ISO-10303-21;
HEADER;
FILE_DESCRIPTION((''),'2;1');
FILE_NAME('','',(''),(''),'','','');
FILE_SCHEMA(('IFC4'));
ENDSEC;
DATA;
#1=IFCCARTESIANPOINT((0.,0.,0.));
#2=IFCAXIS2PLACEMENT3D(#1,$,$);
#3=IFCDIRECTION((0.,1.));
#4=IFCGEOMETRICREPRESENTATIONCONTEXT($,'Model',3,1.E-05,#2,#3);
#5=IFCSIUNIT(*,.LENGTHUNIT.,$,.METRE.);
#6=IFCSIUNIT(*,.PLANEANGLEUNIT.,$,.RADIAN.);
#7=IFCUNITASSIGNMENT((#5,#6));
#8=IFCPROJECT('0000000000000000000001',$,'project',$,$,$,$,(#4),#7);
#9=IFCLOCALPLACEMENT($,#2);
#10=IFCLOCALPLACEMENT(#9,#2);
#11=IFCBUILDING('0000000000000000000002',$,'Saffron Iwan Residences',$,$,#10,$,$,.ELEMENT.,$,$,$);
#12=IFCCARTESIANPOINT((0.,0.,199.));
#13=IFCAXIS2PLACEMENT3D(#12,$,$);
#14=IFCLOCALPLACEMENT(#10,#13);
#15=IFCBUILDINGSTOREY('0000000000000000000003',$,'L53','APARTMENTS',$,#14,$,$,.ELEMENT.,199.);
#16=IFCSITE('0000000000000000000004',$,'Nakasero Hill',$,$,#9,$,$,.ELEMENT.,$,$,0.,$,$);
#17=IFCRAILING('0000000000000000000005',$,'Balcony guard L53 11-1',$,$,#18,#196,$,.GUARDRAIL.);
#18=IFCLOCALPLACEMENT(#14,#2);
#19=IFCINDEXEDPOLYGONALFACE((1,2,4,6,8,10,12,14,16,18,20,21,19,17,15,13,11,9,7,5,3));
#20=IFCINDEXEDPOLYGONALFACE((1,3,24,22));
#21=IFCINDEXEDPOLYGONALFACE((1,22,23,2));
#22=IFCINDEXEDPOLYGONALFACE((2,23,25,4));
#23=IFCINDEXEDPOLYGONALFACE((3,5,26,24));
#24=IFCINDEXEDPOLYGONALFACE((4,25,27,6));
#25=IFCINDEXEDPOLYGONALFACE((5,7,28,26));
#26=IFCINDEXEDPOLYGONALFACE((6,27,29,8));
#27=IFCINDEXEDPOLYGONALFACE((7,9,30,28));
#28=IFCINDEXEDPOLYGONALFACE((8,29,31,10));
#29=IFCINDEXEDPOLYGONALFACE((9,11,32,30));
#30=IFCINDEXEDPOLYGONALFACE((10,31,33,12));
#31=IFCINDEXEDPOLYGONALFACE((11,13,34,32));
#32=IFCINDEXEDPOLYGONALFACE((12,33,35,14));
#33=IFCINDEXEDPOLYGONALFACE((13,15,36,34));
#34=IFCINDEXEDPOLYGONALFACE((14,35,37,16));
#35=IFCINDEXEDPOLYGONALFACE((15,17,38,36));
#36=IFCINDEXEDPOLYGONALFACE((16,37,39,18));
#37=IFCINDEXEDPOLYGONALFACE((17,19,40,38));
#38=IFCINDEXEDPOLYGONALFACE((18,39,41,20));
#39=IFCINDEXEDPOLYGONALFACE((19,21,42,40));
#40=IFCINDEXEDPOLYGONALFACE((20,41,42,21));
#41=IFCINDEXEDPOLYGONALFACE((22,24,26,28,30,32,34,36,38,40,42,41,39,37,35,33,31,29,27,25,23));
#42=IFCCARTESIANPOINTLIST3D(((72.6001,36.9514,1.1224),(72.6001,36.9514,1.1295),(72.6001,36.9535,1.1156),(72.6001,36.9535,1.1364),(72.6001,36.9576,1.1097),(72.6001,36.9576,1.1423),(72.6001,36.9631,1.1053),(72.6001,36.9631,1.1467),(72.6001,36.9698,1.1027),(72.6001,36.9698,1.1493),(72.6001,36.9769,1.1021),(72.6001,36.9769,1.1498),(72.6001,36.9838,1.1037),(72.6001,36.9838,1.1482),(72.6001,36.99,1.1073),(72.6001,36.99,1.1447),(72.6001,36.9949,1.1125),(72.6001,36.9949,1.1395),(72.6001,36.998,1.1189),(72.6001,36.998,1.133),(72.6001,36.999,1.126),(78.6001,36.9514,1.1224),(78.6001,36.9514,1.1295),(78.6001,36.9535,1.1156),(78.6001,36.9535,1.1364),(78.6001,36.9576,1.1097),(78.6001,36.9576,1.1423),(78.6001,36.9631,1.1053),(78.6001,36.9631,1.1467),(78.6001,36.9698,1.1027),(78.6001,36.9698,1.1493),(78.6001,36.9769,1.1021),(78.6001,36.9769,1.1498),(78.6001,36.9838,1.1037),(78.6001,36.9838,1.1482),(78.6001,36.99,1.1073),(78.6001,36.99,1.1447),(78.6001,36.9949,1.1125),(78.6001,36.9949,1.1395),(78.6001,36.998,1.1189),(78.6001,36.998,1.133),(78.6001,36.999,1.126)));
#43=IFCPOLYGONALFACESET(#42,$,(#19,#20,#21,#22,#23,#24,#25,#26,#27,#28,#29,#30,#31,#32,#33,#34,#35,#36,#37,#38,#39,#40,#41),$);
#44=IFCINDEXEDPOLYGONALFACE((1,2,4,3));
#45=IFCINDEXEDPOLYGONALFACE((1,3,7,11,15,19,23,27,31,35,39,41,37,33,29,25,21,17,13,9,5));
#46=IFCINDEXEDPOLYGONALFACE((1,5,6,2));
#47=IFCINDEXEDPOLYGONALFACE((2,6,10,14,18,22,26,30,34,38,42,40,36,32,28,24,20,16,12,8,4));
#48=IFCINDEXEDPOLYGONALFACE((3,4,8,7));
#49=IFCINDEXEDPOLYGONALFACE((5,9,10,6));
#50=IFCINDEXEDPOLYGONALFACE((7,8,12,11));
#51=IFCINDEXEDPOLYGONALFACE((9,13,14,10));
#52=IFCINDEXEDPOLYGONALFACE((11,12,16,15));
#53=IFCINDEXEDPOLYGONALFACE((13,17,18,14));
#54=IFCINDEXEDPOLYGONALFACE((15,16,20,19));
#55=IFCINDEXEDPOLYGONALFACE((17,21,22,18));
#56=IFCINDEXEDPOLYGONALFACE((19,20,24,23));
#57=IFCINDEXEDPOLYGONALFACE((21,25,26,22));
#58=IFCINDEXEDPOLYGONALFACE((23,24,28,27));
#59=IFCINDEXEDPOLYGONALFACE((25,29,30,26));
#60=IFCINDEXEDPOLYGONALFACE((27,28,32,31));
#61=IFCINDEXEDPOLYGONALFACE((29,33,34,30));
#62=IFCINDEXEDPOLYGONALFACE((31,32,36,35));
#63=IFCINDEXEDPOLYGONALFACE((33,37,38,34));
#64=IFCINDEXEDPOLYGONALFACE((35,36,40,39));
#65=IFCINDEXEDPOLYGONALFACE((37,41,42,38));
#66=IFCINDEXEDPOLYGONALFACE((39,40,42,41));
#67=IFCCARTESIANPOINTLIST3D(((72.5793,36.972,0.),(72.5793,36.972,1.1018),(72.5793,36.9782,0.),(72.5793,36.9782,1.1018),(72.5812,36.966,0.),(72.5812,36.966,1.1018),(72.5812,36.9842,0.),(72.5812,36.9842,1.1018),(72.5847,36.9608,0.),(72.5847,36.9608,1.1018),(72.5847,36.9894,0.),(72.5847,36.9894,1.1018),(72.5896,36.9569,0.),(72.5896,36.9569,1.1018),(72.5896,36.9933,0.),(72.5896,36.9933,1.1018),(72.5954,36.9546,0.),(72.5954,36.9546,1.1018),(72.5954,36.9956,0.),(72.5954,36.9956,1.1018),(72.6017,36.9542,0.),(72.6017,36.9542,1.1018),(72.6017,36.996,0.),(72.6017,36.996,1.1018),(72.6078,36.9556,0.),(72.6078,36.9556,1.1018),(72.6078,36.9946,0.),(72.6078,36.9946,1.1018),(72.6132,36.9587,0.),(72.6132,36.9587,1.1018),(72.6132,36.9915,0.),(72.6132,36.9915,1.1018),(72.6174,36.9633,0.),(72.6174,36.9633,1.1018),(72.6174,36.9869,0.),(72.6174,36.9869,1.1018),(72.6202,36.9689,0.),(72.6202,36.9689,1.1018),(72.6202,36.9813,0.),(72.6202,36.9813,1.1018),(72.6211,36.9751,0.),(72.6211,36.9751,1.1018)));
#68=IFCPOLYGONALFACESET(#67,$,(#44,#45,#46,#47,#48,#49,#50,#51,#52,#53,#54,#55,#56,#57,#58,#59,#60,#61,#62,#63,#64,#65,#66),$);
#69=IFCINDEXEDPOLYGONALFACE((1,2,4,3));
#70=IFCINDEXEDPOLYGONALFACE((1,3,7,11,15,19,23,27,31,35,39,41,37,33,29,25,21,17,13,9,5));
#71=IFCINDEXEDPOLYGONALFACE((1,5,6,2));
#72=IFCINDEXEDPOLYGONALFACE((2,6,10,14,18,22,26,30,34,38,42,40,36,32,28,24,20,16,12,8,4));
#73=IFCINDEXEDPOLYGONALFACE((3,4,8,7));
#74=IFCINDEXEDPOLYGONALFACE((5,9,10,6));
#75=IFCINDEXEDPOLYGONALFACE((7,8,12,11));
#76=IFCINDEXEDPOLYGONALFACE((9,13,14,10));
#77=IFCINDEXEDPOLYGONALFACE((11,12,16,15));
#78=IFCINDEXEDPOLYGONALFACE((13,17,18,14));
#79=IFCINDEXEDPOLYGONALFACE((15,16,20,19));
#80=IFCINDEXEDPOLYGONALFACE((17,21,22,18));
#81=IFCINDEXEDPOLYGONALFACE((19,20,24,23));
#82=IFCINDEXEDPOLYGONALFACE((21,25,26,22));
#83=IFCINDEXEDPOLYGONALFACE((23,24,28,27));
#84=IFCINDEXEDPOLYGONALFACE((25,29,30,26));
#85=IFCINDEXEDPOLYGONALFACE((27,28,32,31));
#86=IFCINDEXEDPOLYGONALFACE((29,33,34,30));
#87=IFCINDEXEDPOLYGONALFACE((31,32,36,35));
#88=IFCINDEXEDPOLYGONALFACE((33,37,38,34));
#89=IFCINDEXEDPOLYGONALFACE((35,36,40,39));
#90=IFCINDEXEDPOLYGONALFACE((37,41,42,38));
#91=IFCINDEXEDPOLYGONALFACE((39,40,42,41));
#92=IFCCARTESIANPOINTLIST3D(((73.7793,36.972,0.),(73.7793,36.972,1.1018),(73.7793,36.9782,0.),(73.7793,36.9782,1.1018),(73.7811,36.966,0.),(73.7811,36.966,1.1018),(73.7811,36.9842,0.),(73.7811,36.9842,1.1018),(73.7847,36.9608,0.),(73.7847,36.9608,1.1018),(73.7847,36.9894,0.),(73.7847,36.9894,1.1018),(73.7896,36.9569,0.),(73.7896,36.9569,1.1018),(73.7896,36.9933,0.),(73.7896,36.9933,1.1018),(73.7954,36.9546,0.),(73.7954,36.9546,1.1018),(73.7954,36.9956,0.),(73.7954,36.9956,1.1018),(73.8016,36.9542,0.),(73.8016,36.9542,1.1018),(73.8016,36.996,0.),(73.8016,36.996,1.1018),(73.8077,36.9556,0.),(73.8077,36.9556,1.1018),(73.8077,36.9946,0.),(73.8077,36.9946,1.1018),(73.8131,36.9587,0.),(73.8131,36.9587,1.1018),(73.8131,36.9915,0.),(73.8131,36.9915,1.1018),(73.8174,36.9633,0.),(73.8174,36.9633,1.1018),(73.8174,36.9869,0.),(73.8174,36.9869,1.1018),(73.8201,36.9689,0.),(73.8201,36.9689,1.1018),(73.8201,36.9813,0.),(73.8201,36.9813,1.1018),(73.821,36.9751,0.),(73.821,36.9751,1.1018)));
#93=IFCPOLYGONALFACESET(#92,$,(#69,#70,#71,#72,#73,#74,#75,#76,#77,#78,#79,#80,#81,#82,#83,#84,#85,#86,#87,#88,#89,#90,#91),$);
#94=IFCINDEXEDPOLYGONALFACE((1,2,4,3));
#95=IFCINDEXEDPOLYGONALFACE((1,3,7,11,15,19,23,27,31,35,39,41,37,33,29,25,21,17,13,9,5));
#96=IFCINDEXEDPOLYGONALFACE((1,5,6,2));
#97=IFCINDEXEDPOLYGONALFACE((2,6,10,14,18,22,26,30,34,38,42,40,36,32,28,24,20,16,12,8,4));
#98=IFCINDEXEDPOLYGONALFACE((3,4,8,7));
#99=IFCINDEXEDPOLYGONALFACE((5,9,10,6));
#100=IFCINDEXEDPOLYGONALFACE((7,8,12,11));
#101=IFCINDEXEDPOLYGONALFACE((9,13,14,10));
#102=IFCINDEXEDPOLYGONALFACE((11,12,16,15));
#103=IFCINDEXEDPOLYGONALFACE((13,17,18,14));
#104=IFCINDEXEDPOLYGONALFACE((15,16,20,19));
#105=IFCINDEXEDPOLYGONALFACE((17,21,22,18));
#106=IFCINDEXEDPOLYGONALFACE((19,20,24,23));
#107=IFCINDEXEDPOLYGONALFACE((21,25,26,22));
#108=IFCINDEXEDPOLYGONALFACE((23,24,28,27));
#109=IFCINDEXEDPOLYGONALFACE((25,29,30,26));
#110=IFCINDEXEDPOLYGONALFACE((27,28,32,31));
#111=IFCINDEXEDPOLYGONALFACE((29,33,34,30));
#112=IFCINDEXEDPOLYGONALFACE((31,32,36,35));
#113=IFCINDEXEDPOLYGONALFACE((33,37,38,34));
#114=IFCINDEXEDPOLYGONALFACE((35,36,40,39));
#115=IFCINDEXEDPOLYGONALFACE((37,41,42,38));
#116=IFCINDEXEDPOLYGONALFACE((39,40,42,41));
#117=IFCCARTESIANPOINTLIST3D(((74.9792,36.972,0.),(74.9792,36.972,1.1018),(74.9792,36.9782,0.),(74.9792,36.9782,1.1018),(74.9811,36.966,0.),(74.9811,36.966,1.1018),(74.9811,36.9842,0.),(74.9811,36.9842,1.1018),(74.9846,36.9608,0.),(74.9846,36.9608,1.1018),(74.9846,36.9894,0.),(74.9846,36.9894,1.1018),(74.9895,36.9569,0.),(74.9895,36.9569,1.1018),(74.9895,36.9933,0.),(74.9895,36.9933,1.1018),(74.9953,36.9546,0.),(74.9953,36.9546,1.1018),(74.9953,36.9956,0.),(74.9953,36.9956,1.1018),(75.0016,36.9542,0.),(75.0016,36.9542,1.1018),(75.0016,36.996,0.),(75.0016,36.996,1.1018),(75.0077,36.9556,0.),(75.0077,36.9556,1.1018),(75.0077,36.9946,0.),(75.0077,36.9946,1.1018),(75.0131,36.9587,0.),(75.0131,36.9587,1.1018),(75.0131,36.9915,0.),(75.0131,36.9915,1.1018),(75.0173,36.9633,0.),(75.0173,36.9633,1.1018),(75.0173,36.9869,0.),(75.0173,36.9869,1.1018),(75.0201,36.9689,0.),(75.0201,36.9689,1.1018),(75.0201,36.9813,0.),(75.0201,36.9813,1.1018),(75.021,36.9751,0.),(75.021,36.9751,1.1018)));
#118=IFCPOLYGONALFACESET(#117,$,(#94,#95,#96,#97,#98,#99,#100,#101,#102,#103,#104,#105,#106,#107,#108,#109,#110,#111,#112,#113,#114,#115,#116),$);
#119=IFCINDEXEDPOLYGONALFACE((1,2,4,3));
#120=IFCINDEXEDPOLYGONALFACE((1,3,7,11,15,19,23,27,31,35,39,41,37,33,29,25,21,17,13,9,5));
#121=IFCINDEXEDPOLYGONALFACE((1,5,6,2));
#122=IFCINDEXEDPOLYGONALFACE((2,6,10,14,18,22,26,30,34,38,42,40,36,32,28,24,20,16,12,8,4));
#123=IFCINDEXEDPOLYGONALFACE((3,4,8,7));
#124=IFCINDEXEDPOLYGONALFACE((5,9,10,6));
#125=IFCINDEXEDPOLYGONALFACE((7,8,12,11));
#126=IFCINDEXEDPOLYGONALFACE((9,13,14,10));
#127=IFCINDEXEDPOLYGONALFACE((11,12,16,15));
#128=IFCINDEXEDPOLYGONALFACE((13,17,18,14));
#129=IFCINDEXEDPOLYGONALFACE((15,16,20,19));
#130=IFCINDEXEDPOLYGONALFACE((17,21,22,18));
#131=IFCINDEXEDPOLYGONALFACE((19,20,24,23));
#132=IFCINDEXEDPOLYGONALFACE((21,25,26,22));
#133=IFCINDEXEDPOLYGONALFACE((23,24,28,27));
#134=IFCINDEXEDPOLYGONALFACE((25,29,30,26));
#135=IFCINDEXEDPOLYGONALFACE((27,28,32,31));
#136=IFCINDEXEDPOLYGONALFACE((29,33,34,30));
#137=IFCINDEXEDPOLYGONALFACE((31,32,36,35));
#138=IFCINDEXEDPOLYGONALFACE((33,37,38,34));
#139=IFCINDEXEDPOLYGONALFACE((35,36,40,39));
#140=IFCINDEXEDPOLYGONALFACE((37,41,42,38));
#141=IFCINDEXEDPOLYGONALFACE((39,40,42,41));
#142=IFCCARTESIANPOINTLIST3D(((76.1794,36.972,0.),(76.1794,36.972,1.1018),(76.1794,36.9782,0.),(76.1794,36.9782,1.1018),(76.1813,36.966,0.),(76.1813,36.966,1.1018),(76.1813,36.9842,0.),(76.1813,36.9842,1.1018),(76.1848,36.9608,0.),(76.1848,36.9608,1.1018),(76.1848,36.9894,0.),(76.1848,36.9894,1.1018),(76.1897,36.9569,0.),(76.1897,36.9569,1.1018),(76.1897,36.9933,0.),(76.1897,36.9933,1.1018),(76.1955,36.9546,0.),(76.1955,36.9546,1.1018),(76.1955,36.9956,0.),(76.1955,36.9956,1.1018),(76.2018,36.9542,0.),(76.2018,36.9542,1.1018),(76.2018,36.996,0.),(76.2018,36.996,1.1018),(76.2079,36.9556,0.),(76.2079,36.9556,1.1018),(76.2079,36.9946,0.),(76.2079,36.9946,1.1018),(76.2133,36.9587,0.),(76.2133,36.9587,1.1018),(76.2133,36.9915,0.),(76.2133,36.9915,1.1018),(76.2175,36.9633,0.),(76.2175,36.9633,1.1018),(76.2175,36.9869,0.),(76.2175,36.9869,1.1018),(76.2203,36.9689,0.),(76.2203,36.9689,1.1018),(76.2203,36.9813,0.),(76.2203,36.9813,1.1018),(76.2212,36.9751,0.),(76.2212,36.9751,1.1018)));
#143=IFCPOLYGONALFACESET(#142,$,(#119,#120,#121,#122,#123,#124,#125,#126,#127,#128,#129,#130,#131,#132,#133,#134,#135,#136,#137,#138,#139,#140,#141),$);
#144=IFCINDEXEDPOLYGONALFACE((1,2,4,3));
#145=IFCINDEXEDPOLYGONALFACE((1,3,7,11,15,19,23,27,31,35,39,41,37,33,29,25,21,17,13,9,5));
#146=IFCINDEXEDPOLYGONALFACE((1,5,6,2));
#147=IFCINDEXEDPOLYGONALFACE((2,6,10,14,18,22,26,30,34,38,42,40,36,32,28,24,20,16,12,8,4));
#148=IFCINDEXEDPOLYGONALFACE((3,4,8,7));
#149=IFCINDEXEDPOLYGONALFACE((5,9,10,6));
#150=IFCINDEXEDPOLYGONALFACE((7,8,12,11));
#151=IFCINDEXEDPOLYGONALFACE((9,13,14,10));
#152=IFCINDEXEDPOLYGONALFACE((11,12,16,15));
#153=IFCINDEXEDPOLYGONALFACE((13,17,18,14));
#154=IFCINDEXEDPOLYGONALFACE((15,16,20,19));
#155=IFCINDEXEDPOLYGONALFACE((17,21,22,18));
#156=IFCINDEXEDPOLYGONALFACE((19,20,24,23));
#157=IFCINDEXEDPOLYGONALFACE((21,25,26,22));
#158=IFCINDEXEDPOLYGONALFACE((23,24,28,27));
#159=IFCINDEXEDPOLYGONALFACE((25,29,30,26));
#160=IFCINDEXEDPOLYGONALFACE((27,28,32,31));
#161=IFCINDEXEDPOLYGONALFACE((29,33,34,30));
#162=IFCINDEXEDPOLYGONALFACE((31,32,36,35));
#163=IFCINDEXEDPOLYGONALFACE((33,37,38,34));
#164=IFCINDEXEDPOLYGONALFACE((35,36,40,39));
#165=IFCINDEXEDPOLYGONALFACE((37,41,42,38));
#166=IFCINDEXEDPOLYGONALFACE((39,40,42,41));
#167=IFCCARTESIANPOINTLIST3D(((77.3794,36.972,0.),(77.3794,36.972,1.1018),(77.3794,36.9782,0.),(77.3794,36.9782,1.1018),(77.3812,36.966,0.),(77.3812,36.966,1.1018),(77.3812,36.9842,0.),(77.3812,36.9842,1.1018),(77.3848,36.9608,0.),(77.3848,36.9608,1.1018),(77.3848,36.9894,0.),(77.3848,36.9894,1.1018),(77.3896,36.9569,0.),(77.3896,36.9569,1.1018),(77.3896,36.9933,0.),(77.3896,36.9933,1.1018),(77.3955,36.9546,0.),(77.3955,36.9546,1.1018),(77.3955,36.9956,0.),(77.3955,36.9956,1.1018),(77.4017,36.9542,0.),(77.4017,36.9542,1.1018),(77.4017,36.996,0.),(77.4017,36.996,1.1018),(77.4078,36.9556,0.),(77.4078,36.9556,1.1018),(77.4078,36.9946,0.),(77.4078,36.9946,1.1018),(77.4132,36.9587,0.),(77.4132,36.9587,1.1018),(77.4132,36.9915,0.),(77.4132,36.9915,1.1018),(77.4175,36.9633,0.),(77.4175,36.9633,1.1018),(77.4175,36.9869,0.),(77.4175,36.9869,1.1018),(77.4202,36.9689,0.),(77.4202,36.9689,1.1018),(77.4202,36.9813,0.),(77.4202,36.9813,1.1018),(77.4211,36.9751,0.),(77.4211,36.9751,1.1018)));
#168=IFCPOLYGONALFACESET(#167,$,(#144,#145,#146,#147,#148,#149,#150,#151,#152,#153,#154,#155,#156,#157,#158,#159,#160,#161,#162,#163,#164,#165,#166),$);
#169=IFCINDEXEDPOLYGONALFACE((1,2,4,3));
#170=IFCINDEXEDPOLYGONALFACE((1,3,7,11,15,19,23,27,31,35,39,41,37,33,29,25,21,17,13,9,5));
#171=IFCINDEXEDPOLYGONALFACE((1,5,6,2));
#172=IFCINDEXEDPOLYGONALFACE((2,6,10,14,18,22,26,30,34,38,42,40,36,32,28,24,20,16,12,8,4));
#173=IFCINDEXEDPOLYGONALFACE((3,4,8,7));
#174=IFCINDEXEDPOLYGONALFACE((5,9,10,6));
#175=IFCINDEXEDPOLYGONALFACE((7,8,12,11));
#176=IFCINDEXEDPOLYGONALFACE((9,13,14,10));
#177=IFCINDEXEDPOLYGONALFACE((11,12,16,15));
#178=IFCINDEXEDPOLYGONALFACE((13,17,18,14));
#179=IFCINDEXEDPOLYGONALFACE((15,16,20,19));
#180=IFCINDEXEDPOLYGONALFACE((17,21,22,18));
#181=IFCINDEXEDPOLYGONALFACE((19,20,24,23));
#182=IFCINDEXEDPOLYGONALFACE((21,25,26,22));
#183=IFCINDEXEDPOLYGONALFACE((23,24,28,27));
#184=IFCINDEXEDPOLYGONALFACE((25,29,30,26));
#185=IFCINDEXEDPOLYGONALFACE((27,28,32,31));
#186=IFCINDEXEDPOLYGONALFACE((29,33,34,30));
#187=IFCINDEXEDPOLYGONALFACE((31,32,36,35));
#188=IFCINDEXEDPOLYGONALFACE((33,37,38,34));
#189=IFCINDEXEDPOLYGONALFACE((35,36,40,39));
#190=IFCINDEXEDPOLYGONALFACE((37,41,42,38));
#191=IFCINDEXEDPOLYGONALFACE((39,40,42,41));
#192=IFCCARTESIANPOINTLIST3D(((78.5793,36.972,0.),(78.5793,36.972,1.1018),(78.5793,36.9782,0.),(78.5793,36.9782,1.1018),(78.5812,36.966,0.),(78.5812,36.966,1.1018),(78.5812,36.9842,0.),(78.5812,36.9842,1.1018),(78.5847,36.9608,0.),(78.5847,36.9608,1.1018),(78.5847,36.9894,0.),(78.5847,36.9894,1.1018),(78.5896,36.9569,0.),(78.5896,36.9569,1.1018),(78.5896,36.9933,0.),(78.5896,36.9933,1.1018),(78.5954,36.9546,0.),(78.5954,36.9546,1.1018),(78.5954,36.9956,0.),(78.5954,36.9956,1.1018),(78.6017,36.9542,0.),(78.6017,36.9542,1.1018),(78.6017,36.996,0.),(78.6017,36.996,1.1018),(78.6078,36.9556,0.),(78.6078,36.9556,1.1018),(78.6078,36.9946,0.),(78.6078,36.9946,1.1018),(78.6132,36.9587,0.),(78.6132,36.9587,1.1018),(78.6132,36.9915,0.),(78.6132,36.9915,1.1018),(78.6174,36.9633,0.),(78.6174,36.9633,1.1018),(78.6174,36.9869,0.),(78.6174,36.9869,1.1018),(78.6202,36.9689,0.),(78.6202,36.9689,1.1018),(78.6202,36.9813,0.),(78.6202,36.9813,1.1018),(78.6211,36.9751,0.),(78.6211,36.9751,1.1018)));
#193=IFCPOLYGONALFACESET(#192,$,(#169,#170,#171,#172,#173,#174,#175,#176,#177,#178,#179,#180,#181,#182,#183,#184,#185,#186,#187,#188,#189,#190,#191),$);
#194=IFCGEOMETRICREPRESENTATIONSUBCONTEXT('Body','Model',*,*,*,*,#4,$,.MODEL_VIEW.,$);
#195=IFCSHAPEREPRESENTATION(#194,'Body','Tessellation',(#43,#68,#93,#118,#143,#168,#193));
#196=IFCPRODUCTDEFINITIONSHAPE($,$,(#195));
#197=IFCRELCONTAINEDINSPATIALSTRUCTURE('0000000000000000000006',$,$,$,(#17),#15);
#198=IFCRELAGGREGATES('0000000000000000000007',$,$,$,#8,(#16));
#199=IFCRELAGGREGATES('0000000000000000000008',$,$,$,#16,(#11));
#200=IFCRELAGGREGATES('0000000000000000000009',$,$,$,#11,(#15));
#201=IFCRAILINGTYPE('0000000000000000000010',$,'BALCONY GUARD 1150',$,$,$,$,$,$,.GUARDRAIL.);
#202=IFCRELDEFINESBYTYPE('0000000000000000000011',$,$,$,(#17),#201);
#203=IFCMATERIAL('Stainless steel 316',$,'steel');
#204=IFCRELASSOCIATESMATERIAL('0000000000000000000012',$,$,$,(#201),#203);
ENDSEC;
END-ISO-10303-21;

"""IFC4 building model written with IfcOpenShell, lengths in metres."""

from ifc_helpers import new_model, si_unit, direction, frame, origin, origin_2d, place, context, subcontext, project, spatial, circle, extrude, material, type_object, element, save


model = new_model("IFC4")

# Units and contexts
model_context = context("Model", 3, precision=1e-05, world=origin(), true_north=direction((0.0, 1.0)))
body_context = subcontext(model_context, "Body", "Model", "MODEL_VIEW")
ifc_project = project(units=[si_unit("LENGTHUNIT", "METRE"), si_unit("PLANEANGLEUNIT", "RADIAN")], contexts=[model_context])

# Site, building, storey
site_placement = place(None, origin())
site = spatial("IfcSite", under=ifc_project, at=site_placement, Name="Nakasero Hill", CompositionType="ELEMENT", RefElevation=0.0)
building_placement = place(site_placement, origin())
building = spatial("IfcBuilding", under=site, at=building_placement, Name="Saffron Iwan Residences", CompositionType="ELEMENT")
storey_placement = place(building_placement, frame((0.0, 0.0, 199.0)))
storey = spatial("IfcBuildingStorey", under=building, at=storey_placement, Name="L53", Description="APARTMENTS", CompositionType="ELEMENT", Elevation=199.0)

# Railing
ifc_material_1 = material(Name="Stainless steel 316", Category="steel")
railing_type = type_object("IfcRailingType", Name="BALCONY GUARD 1150", PredefinedType="GUARDRAIL", material=ifc_material_1)
railing_placement = place(storey_placement, frame((72.6001, 36.9751, 0.0)))
element("IfcRailing", 1, at=railing_placement, inside=storey, type_object=railing_type, Name="Balcony guard L53 11-1", PredefinedType="GUARDRAIL", context=body_context, shape_type="SweptSolid", body=[
    extrude(circle(Radius=0.0239, at=origin_2d()), frame((0.0, 0.0, 1.126), z_axis=(1.0, 0.0, 0.0), x_axis=(0.0, 1.0, 0.0)), (0.0, 0.0, 1.0), 6.0),
    extrude(circle(Radius=0.021, at=origin_2d()), origin(), (0.0, 0.0, 1.0), 1.1018),
    extrude(circle(Radius=0.021, at=origin_2d()), frame((1.2, 0.0, 0.0)), (0.0, 0.0, 1.0), 1.1018),
    extrude(circle(Radius=0.021, at=origin_2d()), frame((2.3999, 0.0, 0.0)), (0.0, 0.0, 1.0), 1.1018),
    extrude(circle(Radius=0.021, at=origin_2d()), frame((3.6001, 0.0, 0.0)), (0.0, 0.0, 1.0), 1.1018),
    extrude(circle(Radius=0.021, at=origin_2d()), frame((4.8, 0.0, 0.0)), (0.0, 0.0, 1.0), 1.1018),
    extrude(circle(Radius=0.021, at=origin_2d()), frame((6.0, 0.0, 0.0)), (0.0, 0.0, 1.0), 1.1018),
])

save(model, "model.ifc")
